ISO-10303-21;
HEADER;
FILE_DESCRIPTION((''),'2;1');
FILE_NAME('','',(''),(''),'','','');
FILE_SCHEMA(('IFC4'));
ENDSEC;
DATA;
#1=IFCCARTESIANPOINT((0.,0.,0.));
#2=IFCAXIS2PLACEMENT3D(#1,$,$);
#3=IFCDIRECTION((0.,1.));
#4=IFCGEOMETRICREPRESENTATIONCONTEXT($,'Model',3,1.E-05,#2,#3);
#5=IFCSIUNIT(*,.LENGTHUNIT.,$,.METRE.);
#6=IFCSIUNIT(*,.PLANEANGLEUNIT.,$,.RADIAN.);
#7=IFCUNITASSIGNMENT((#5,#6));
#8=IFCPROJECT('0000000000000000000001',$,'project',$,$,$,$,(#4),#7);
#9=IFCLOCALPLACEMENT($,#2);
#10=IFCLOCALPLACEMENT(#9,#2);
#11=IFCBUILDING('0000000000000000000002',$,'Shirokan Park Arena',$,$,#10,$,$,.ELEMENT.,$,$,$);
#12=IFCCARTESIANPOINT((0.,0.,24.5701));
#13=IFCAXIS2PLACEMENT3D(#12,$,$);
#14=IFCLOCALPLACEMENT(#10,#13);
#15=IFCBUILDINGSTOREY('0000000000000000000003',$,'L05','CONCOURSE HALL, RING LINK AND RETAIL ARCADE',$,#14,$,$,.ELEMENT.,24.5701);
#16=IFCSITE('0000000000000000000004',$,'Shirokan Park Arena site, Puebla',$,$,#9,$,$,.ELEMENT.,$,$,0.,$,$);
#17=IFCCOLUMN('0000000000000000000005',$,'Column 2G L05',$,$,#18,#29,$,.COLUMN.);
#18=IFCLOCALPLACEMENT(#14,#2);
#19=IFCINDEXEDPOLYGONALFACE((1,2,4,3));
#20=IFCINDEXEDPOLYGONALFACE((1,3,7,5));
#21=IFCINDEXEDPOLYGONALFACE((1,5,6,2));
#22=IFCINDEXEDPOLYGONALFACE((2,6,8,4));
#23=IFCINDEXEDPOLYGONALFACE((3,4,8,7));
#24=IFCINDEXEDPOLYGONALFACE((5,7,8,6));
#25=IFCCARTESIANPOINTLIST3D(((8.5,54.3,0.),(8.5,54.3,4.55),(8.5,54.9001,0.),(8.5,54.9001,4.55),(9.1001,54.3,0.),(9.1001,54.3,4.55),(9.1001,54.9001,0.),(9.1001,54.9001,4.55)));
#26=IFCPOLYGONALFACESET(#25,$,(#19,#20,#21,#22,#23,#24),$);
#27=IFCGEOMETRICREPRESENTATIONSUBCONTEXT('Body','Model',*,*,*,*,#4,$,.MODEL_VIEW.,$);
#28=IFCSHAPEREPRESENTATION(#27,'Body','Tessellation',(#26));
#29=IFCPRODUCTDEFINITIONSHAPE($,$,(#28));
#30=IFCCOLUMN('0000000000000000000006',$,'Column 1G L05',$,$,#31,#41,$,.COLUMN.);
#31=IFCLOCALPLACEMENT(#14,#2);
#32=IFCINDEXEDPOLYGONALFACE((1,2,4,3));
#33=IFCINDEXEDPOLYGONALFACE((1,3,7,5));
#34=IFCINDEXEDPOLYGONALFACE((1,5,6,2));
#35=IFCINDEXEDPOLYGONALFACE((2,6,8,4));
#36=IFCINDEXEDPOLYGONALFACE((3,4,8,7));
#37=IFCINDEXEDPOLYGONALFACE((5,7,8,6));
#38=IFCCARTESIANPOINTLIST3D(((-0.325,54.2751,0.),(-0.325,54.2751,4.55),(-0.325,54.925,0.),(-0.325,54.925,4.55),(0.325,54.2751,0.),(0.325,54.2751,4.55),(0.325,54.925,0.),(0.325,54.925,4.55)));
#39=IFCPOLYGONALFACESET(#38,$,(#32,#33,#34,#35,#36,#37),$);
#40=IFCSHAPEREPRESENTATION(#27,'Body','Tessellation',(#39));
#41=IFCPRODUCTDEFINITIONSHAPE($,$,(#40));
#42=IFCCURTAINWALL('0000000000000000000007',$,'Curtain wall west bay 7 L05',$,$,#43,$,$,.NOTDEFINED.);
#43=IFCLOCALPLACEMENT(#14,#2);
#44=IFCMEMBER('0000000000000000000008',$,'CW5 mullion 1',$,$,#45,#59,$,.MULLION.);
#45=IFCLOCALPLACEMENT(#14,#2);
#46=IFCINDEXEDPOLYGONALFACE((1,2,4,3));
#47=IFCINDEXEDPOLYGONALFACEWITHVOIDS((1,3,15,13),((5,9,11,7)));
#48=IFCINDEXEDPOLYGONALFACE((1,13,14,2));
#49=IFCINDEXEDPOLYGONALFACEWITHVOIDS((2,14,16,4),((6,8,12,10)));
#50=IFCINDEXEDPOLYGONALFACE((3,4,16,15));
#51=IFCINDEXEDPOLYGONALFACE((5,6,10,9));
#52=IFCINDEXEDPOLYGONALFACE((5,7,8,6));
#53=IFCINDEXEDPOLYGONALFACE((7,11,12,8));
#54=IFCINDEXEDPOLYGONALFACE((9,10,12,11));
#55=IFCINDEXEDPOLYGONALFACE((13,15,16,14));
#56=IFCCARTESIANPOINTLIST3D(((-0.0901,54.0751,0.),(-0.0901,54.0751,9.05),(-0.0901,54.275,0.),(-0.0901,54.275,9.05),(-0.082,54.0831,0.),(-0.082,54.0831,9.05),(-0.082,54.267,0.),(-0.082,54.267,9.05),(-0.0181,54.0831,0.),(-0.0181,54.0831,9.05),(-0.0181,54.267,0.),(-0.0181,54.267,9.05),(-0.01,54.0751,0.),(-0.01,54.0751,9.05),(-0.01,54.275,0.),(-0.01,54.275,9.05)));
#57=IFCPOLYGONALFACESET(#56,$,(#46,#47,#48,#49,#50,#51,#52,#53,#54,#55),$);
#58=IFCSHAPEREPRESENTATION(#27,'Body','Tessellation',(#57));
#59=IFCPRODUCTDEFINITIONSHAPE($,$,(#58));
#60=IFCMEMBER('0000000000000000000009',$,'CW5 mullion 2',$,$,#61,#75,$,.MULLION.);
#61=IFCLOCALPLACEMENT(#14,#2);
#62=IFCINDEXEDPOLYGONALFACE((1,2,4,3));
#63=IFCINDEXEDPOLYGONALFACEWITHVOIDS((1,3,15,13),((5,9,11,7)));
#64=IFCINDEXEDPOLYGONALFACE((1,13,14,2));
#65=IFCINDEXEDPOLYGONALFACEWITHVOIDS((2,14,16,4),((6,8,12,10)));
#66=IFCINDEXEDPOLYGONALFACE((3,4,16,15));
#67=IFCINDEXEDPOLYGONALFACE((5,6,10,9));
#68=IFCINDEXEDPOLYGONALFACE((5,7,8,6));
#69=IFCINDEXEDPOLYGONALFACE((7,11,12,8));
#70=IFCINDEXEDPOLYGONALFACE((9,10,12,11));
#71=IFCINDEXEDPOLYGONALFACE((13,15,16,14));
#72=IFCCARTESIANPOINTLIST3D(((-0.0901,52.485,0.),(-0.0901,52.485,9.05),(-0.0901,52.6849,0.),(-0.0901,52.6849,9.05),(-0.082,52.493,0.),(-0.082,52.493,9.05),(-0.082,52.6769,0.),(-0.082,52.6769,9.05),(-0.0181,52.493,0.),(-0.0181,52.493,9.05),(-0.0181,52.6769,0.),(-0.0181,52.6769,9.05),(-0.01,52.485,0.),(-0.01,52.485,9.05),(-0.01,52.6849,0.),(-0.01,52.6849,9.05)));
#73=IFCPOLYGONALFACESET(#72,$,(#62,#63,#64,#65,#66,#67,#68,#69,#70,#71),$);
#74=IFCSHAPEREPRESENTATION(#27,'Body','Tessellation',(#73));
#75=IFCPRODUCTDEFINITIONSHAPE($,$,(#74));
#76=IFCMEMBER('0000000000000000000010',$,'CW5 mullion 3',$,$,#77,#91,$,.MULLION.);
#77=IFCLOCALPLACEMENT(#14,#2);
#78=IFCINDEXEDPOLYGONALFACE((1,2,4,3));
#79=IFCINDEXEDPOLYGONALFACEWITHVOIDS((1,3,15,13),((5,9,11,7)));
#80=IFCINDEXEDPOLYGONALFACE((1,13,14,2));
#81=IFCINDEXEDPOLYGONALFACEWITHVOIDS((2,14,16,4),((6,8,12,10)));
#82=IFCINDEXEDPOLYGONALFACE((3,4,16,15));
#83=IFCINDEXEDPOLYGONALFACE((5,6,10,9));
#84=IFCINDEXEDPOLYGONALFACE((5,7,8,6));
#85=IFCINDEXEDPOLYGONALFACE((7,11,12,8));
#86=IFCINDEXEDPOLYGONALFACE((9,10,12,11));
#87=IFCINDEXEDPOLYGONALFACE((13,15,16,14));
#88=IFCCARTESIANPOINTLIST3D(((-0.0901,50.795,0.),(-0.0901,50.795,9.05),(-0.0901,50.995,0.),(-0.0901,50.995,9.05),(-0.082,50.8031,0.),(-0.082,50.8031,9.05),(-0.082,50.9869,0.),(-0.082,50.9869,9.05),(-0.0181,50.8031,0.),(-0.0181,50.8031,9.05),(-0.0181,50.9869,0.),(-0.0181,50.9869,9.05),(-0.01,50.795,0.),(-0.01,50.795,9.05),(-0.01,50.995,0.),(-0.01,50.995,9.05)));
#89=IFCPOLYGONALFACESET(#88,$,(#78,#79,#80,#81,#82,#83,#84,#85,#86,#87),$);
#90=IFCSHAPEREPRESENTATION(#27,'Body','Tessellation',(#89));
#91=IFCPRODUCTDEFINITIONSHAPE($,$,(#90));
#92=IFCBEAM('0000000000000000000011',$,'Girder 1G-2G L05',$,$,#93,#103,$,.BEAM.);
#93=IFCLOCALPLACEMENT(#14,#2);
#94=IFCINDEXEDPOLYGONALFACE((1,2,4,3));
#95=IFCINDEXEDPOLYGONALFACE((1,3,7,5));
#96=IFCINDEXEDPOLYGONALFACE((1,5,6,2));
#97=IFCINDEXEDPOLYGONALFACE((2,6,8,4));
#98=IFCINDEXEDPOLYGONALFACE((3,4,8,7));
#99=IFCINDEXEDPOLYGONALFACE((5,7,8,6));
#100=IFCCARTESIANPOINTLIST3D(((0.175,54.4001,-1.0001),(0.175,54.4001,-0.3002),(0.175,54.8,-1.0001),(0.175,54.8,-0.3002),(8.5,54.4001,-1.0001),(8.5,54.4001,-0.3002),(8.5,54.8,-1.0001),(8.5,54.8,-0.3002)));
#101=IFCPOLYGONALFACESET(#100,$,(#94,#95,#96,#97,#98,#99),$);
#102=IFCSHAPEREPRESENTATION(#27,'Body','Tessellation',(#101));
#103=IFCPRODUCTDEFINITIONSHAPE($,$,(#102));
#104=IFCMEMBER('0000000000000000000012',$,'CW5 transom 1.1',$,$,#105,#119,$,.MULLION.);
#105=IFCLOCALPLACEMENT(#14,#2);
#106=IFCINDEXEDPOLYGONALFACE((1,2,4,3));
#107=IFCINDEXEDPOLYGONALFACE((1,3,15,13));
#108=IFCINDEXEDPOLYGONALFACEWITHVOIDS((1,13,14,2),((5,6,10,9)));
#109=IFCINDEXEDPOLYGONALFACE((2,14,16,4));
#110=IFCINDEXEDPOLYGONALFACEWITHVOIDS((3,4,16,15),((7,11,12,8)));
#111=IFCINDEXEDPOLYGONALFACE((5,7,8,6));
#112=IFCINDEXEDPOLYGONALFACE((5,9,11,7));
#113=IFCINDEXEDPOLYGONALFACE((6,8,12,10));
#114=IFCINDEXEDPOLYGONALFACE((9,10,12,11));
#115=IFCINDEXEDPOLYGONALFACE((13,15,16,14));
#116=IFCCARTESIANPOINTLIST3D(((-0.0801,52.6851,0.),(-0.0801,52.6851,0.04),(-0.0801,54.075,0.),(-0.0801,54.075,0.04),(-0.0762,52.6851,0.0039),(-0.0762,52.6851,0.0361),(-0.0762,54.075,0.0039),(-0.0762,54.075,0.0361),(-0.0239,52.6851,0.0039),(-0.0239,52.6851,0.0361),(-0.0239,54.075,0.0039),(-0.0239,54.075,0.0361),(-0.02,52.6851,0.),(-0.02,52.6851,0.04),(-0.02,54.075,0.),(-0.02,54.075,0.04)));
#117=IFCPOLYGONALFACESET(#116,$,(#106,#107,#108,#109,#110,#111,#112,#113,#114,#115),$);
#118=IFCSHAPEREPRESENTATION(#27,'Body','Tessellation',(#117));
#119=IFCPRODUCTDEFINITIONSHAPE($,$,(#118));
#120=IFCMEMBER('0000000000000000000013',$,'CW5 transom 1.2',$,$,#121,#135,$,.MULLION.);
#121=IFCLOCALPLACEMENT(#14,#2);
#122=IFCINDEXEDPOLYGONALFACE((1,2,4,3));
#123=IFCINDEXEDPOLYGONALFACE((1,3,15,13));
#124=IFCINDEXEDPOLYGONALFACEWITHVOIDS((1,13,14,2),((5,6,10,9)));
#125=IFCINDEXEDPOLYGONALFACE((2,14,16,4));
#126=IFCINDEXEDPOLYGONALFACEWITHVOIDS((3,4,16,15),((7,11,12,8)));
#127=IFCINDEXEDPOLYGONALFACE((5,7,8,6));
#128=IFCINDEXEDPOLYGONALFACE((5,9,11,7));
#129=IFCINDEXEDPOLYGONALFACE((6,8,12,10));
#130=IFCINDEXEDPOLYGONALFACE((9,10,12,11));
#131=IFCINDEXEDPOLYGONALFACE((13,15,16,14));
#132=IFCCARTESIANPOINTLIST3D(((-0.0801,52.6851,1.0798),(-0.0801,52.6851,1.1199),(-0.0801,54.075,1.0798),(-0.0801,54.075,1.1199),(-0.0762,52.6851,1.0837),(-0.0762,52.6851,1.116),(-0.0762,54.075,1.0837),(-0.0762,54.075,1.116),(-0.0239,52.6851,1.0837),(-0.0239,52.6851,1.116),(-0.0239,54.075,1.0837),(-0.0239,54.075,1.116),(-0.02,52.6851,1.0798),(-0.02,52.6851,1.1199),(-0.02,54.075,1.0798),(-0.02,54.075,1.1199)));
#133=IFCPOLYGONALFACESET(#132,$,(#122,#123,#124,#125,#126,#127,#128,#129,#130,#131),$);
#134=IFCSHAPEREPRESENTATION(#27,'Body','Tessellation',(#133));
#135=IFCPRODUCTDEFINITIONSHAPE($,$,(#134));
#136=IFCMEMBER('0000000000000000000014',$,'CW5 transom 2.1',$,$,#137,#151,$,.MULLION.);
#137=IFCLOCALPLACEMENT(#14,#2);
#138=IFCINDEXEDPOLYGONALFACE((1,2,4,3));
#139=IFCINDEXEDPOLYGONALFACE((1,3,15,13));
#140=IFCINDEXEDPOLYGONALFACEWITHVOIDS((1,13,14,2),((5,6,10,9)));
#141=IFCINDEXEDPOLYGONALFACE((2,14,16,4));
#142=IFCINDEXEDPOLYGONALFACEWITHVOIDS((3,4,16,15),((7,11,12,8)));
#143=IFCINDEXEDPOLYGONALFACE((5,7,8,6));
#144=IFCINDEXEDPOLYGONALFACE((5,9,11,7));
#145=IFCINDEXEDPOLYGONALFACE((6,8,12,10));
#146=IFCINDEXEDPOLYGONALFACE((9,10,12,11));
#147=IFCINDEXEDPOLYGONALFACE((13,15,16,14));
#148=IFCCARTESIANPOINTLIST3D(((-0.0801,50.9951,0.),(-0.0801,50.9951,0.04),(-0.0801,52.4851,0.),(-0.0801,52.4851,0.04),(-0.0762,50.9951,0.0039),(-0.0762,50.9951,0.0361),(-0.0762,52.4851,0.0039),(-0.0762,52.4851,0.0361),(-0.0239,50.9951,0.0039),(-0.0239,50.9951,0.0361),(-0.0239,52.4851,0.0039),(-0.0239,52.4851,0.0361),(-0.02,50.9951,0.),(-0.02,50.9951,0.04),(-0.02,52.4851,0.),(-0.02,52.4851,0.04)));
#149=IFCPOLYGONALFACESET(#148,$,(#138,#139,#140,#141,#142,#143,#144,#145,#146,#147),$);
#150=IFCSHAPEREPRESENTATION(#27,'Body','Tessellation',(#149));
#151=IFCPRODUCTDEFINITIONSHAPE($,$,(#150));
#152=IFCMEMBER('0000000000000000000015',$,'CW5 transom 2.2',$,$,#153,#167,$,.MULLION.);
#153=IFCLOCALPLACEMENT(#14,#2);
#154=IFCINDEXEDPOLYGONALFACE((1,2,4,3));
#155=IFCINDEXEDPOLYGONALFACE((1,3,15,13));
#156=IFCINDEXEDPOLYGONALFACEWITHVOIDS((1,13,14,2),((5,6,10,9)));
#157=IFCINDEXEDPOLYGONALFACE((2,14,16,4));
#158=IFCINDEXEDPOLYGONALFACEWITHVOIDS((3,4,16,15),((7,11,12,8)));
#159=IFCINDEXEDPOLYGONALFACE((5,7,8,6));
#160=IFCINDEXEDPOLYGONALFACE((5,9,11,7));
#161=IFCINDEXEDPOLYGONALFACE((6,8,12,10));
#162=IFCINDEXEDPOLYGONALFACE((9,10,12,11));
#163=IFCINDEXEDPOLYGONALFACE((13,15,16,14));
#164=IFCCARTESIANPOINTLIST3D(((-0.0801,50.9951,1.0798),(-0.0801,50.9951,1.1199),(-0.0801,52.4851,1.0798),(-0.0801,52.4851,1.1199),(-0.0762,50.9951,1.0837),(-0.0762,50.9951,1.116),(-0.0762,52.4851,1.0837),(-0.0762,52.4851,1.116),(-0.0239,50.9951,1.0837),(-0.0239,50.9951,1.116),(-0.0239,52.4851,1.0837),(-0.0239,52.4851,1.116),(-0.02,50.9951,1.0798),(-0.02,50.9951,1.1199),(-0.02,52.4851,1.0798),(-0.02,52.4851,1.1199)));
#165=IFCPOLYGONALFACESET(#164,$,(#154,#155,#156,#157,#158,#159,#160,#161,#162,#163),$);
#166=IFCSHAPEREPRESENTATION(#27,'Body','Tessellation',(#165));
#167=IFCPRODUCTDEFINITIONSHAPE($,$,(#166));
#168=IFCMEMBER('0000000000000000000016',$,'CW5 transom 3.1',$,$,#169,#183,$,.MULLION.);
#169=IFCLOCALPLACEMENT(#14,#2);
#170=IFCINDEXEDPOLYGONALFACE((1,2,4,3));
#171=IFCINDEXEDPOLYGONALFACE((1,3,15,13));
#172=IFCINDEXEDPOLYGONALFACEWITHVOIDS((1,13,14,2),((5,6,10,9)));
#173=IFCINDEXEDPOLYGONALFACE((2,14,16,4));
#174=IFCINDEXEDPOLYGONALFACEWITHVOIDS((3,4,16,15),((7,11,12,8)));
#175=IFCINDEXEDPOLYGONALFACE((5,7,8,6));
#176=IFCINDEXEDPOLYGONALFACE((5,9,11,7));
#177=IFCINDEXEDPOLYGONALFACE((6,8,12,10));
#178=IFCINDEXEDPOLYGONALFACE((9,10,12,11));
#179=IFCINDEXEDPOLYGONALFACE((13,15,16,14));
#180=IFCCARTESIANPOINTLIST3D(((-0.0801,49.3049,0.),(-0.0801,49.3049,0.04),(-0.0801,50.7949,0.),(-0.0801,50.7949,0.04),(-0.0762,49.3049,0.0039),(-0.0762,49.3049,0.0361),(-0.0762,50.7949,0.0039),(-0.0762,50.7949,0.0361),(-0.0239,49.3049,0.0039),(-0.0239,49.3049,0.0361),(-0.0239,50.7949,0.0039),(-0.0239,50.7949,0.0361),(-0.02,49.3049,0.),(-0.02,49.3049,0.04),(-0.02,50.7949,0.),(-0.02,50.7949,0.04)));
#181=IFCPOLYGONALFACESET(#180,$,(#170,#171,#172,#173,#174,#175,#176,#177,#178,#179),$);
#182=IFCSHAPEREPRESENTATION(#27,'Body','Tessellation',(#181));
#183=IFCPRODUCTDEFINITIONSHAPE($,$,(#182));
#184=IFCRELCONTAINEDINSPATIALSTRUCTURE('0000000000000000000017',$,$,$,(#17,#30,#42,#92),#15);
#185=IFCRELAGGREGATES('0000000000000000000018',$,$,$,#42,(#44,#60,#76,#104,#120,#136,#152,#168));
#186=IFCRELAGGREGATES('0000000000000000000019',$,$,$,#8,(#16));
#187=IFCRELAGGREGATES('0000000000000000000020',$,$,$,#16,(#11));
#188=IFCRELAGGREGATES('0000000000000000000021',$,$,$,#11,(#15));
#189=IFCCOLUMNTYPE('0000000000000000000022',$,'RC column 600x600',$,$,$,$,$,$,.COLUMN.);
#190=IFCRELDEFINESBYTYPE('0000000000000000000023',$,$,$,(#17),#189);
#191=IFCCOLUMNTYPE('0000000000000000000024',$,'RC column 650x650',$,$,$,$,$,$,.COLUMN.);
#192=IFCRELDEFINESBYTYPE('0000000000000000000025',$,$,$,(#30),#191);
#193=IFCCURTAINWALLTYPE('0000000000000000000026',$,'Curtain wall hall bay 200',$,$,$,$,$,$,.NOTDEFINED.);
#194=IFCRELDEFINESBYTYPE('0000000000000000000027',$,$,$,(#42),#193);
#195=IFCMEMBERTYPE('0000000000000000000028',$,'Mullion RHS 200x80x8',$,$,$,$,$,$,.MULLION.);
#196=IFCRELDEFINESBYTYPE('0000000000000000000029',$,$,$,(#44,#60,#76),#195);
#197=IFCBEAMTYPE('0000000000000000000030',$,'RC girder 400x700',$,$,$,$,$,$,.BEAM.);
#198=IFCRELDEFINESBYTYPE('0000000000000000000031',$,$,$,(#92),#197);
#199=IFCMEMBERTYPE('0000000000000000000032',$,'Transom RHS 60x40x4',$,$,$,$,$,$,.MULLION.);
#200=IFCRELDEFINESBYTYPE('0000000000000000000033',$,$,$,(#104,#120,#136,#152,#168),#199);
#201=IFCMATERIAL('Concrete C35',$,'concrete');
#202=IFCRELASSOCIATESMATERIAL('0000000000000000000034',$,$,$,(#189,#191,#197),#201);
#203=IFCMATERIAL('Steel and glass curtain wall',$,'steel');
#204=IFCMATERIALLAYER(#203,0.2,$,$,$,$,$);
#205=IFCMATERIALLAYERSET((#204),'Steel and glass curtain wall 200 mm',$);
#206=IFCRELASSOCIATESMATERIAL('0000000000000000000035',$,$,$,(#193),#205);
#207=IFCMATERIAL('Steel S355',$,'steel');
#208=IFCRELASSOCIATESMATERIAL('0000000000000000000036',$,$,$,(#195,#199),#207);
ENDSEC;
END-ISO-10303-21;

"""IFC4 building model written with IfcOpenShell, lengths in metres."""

from ifc_helpers import new_model, si_unit, direction, frame, origin, origin_2d, place, context, subcontext, project, spatial, rectangle, hollow_rectangle, extrude, material, layer, layer_set, material_profile, profile_set, type_object, element, aggregate, save


model = new_model("IFC4")

# Units and contexts
model_context = context("Model", 3, precision=1e-05, world=origin(), true_north=direction((0.0, 1.0)))
body_context = subcontext(model_context, "Body", "Model", "MODEL_VIEW")
ifc_project = project(units=[si_unit("LENGTHUNIT", "METRE"), si_unit("PLANEANGLEUNIT", "RADIAN")], contexts=[model_context])

# Site, building, storey
site_placement = place(None, origin())
site = spatial("IfcSite", under=ifc_project, at=site_placement, Name="Shirokan Park Arena site, Puebla", CompositionType="ELEMENT", RefElevation=0.0)
building_placement = place(site_placement, origin())
building = spatial("IfcBuilding", under=site, at=building_placement, Name="Shirokan Park Arena", CompositionType="ELEMENT")
storey_placement = place(building_placement, frame((0.0, 0.0, 24.5701)))
storey = spatial("IfcBuildingStorey", under=building, at=storey_placement, Name="L05", Description="CONCOURSE HALL, RING LINK AND RETAIL ARCADE", CompositionType="ELEMENT", Elevation=24.5701)

# Columns
ifc_material_1 = material(Name="Concrete C35", Category="concrete")
ifc_material_profile_1 = material_profile(ifc_material_1, rectangle(XDim=0.6001, YDim=0.6001, at=origin_2d()), Name="600x600")
ifc_profile_set_1 = profile_set([ifc_material_profile_1], Name="Concrete C35")
column_type_1 = type_object("IfcColumnType", Name="RC column 600x600", PredefinedType="COLUMN", material=ifc_profile_set_1)
column_1_placement = place(storey_placement, frame((8.8, 54.6001, 0.0), z_axis=(0.0, 0.0, 1.0), x_axis=(1.0, 0.0, 0.0)))
element("IfcColumn", 1, at=column_1_placement, inside=storey, type_object=column_type_1, Name="Column 2G L05", PredefinedType="COLUMN", context=body_context, shape_type="SweptSolid", body=[
    extrude(rectangle(XDim=0.6001, YDim=0.6001, at=origin_2d()), origin(), (0.0, 0.0, 1.0), 4.55),
])
ifc_material_profile_2 = material_profile(ifc_material_1, rectangle(XDim=0.6499, YDim=0.6499, at=origin_2d()), Name="650x650")
ifc_profile_set_2 = profile_set([ifc_material_profile_2], Name="Concrete C35")
column_type_2 = type_object("IfcColumnType", Name="RC column 650x650", PredefinedType="COLUMN", material=ifc_profile_set_2)
column_2_placement = place(storey_placement, frame((0.0, 54.6001, 0.0), z_axis=(0.0, 0.0, 1.0), x_axis=(1.0, 0.0, 0.0)))
element("IfcColumn", 2, at=column_2_placement, inside=storey, type_object=column_type_2, Name="Column 1G L05", PredefinedType="COLUMN", context=body_context, shape_type="SweptSolid", body=[
    extrude(rectangle(XDim=0.6499, YDim=0.6499, at=origin_2d()), origin(), (0.0, 0.0, 1.0), 4.55),
])

# Curtain wall, members
ifc_material_2 = material(Name="Steel and glass curtain wall", Category="steel")
ifc_layer_1 = layer(ifc_material_2, 0.2)
ifc_layer_set_1 = layer_set([ifc_layer_1], Name="Steel and glass curtain wall 200 mm")
curtain_wall_type = type_object("IfcCurtainWallType", Name="Curtain wall hall bay 200", PredefinedType="NOTDEFINED", material=ifc_layer_set_1)
curtain_wall_placement = place(storey_placement, origin())
curtain_wall = element("IfcCurtainWall", 3, at=curtain_wall_placement, inside=storey, type_object=curtain_wall_type, Name="Curtain wall west bay 7 L05", PredefinedType="NOTDEFINED")
ifc_material_3 = material(Name="Steel S355", Category="steel")
ifc_material_profile_3 = material_profile(ifc_material_3, hollow_rectangle(XDim=0.0801, YDim=0.2, WallThickness=0.0081, at=origin_2d()), Name="RHS 200x80x8")
ifc_profile_set_3 = profile_set([ifc_material_profile_3], Name="Steel S355")
member_type_1 = type_object("IfcMemberType", Name="Mullion RHS 200x80x8", PredefinedType="MULLION", material=ifc_profile_set_3)
member_1_placement = place(storey_placement, frame((-0.05, 54.175, 0.0), z_axis=(0.0, 0.0, 1.0), x_axis=(1.0, 0.0, 0.0)))
member_1 = element("IfcMember", 4, at=member_1_placement, type_object=member_type_1, Name="CW5 mullion 1", PredefinedType="MULLION", context=body_context, shape_type="SweptSolid", body=[
    extrude(hollow_rectangle(XDim=0.0801, YDim=0.2, WallThickness=0.0081, at=origin_2d()), origin(), (0.0, 0.0, 1.0), 9.05),
])
member_2_placement = place(storey_placement, frame((-0.05, 52.585, 0.0), z_axis=(0.0, 0.0, 1.0), x_axis=(1.0, 0.0, 0.0)))
member_2 = element("IfcMember", 5, at=member_2_placement, type_object=member_type_1, Name="CW5 mullion 2", PredefinedType="MULLION", context=body_context, shape_type="SweptSolid", body=[
    extrude(hollow_rectangle(XDim=0.0801, YDim=0.2, WallThickness=0.0081, at=origin_2d()), origin(), (0.0, 0.0, 1.0), 9.05),
])
member_3_placement = place(storey_placement, frame((-0.05, 50.895, 0.0), z_axis=(0.0, 0.0, 1.0), x_axis=(1.0, 0.0, 0.0)))
member_3 = element("IfcMember", 6, at=member_3_placement, type_object=member_type_1, Name="CW5 mullion 3", PredefinedType="MULLION", context=body_context, shape_type="SweptSolid", body=[
    extrude(hollow_rectangle(XDim=0.0801, YDim=0.2, WallThickness=0.0081, at=origin_2d()), origin(), (0.0, 0.0, 1.0), 9.05),
])

# Beam
ifc_material_profile_4 = material_profile(ifc_material_1, rectangle(XDim=0.3999, YDim=0.7, at=origin_2d()), Name="400x700")
ifc_profile_set_4 = profile_set([ifc_material_profile_4], Name="Concrete C35")
beam_type = type_object("IfcBeamType", Name="RC girder 400x700", PredefinedType="BEAM", material=ifc_profile_set_4)
beam_placement = place(storey_placement, frame((0.175, 54.6001, -0.6501), z_axis=(1.0, 0.0, 0.0), x_axis=(0.0, 1.0, 0.0)))
element("IfcBeam", 7, at=beam_placement, inside=storey, type_object=beam_type, Name="Girder 1G-2G L05", PredefinedType="BEAM", context=body_context, shape_type="SweptSolid", body=[
    extrude(rectangle(XDim=0.3999, YDim=0.7, at=origin_2d()), origin(), (0.0, 0.0, 1.0), 8.325),
])

# Members
ifc_material_profile_5 = material_profile(ifc_material_3, hollow_rectangle(XDim=0.0601, YDim=0.04, WallThickness=0.0039, at=origin_2d()), Name="RHS 60x40x4")
ifc_profile_set_5 = profile_set([ifc_material_profile_5], Name="Steel S355")
member_type_2 = type_object("IfcMemberType", Name="Transom RHS 60x40x4", PredefinedType="MULLION", material=ifc_profile_set_5)
member_4_placement = place(storey_placement, frame((-0.05, 54.075, 0.02), z_axis=(0.0, -1.0, 0.0), x_axis=(1.0, 0.0, 0.0)))
member_4 = element("IfcMember", 8, at=member_4_placement, type_object=member_type_2, Name="CW5 transom 1.1", PredefinedType="MULLION", context=body_context, shape_type="SweptSolid", body=[
    extrude(hollow_rectangle(XDim=0.0601, YDim=0.04, WallThickness=0.0039, at=origin_2d()), origin(), (0.0, 0.0, 1.0), 1.3899),
])
member_5_placement = place(storey_placement, frame((-0.05, 54.075, 1.0999), z_axis=(0.0, -1.0, 0.0), x_axis=(1.0, 0.0, 0.0)))
member_5 = element("IfcMember", 9, at=member_5_placement, type_object=member_type_2, Name="CW5 transom 1.2", PredefinedType="MULLION", context=body_context, shape_type="SweptSolid", body=[
    extrude(hollow_rectangle(XDim=0.0601, YDim=0.04, WallThickness=0.0039, at=origin_2d()), origin(), (0.0, 0.0, 1.0), 1.3899),
])
member_6_placement = place(storey_placement, frame((-0.05, 52.4851, 0.02), z_axis=(0.0, -1.0, 0.0), x_axis=(1.0, 0.0, 0.0)))
member_6 = element("IfcMember", 10, at=member_6_placement, type_object=member_type_2, Name="CW5 transom 2.1", PredefinedType="MULLION", context=body_context, shape_type="SweptSolid", body=[
    extrude(hollow_rectangle(XDim=0.0601, YDim=0.04, WallThickness=0.0039, at=origin_2d()), origin(), (0.0, 0.0, 1.0), 1.49),
])
member_7_placement = place(storey_placement, frame((-0.05, 52.4851, 1.0999), z_axis=(0.0, -1.0, 0.0), x_axis=(1.0, 0.0, 0.0)))
member_7 = element("IfcMember", 11, at=member_7_placement, type_object=member_type_2, Name="CW5 transom 2.2", PredefinedType="MULLION", context=body_context, shape_type="SweptSolid", body=[
    extrude(hollow_rectangle(XDim=0.0601, YDim=0.04, WallThickness=0.0039, at=origin_2d()), origin(), (0.0, 0.0, 1.0), 1.49),
])
member_8_placement = place(storey_placement, frame((-0.05, 50.7949, 0.02), z_axis=(0.0, -1.0, 0.0), x_axis=(1.0, 0.0, 0.0)))
member_8 = element("IfcMember", 12, at=member_8_placement, type_object=member_type_2, Name="CW5 transom 3.1", PredefinedType="MULLION", context=body_context, shape_type="SweptSolid", body=[
    extrude(hollow_rectangle(XDim=0.0601, YDim=0.04, WallThickness=0.0039, at=origin_2d()), origin(), (0.0, 0.0, 1.0), 1.49),
])

aggregate(curtain_wall, [member_1, member_2, member_3, member_4, member_5, member_6, member_7, member_8])

save(model, "model.ifc")
